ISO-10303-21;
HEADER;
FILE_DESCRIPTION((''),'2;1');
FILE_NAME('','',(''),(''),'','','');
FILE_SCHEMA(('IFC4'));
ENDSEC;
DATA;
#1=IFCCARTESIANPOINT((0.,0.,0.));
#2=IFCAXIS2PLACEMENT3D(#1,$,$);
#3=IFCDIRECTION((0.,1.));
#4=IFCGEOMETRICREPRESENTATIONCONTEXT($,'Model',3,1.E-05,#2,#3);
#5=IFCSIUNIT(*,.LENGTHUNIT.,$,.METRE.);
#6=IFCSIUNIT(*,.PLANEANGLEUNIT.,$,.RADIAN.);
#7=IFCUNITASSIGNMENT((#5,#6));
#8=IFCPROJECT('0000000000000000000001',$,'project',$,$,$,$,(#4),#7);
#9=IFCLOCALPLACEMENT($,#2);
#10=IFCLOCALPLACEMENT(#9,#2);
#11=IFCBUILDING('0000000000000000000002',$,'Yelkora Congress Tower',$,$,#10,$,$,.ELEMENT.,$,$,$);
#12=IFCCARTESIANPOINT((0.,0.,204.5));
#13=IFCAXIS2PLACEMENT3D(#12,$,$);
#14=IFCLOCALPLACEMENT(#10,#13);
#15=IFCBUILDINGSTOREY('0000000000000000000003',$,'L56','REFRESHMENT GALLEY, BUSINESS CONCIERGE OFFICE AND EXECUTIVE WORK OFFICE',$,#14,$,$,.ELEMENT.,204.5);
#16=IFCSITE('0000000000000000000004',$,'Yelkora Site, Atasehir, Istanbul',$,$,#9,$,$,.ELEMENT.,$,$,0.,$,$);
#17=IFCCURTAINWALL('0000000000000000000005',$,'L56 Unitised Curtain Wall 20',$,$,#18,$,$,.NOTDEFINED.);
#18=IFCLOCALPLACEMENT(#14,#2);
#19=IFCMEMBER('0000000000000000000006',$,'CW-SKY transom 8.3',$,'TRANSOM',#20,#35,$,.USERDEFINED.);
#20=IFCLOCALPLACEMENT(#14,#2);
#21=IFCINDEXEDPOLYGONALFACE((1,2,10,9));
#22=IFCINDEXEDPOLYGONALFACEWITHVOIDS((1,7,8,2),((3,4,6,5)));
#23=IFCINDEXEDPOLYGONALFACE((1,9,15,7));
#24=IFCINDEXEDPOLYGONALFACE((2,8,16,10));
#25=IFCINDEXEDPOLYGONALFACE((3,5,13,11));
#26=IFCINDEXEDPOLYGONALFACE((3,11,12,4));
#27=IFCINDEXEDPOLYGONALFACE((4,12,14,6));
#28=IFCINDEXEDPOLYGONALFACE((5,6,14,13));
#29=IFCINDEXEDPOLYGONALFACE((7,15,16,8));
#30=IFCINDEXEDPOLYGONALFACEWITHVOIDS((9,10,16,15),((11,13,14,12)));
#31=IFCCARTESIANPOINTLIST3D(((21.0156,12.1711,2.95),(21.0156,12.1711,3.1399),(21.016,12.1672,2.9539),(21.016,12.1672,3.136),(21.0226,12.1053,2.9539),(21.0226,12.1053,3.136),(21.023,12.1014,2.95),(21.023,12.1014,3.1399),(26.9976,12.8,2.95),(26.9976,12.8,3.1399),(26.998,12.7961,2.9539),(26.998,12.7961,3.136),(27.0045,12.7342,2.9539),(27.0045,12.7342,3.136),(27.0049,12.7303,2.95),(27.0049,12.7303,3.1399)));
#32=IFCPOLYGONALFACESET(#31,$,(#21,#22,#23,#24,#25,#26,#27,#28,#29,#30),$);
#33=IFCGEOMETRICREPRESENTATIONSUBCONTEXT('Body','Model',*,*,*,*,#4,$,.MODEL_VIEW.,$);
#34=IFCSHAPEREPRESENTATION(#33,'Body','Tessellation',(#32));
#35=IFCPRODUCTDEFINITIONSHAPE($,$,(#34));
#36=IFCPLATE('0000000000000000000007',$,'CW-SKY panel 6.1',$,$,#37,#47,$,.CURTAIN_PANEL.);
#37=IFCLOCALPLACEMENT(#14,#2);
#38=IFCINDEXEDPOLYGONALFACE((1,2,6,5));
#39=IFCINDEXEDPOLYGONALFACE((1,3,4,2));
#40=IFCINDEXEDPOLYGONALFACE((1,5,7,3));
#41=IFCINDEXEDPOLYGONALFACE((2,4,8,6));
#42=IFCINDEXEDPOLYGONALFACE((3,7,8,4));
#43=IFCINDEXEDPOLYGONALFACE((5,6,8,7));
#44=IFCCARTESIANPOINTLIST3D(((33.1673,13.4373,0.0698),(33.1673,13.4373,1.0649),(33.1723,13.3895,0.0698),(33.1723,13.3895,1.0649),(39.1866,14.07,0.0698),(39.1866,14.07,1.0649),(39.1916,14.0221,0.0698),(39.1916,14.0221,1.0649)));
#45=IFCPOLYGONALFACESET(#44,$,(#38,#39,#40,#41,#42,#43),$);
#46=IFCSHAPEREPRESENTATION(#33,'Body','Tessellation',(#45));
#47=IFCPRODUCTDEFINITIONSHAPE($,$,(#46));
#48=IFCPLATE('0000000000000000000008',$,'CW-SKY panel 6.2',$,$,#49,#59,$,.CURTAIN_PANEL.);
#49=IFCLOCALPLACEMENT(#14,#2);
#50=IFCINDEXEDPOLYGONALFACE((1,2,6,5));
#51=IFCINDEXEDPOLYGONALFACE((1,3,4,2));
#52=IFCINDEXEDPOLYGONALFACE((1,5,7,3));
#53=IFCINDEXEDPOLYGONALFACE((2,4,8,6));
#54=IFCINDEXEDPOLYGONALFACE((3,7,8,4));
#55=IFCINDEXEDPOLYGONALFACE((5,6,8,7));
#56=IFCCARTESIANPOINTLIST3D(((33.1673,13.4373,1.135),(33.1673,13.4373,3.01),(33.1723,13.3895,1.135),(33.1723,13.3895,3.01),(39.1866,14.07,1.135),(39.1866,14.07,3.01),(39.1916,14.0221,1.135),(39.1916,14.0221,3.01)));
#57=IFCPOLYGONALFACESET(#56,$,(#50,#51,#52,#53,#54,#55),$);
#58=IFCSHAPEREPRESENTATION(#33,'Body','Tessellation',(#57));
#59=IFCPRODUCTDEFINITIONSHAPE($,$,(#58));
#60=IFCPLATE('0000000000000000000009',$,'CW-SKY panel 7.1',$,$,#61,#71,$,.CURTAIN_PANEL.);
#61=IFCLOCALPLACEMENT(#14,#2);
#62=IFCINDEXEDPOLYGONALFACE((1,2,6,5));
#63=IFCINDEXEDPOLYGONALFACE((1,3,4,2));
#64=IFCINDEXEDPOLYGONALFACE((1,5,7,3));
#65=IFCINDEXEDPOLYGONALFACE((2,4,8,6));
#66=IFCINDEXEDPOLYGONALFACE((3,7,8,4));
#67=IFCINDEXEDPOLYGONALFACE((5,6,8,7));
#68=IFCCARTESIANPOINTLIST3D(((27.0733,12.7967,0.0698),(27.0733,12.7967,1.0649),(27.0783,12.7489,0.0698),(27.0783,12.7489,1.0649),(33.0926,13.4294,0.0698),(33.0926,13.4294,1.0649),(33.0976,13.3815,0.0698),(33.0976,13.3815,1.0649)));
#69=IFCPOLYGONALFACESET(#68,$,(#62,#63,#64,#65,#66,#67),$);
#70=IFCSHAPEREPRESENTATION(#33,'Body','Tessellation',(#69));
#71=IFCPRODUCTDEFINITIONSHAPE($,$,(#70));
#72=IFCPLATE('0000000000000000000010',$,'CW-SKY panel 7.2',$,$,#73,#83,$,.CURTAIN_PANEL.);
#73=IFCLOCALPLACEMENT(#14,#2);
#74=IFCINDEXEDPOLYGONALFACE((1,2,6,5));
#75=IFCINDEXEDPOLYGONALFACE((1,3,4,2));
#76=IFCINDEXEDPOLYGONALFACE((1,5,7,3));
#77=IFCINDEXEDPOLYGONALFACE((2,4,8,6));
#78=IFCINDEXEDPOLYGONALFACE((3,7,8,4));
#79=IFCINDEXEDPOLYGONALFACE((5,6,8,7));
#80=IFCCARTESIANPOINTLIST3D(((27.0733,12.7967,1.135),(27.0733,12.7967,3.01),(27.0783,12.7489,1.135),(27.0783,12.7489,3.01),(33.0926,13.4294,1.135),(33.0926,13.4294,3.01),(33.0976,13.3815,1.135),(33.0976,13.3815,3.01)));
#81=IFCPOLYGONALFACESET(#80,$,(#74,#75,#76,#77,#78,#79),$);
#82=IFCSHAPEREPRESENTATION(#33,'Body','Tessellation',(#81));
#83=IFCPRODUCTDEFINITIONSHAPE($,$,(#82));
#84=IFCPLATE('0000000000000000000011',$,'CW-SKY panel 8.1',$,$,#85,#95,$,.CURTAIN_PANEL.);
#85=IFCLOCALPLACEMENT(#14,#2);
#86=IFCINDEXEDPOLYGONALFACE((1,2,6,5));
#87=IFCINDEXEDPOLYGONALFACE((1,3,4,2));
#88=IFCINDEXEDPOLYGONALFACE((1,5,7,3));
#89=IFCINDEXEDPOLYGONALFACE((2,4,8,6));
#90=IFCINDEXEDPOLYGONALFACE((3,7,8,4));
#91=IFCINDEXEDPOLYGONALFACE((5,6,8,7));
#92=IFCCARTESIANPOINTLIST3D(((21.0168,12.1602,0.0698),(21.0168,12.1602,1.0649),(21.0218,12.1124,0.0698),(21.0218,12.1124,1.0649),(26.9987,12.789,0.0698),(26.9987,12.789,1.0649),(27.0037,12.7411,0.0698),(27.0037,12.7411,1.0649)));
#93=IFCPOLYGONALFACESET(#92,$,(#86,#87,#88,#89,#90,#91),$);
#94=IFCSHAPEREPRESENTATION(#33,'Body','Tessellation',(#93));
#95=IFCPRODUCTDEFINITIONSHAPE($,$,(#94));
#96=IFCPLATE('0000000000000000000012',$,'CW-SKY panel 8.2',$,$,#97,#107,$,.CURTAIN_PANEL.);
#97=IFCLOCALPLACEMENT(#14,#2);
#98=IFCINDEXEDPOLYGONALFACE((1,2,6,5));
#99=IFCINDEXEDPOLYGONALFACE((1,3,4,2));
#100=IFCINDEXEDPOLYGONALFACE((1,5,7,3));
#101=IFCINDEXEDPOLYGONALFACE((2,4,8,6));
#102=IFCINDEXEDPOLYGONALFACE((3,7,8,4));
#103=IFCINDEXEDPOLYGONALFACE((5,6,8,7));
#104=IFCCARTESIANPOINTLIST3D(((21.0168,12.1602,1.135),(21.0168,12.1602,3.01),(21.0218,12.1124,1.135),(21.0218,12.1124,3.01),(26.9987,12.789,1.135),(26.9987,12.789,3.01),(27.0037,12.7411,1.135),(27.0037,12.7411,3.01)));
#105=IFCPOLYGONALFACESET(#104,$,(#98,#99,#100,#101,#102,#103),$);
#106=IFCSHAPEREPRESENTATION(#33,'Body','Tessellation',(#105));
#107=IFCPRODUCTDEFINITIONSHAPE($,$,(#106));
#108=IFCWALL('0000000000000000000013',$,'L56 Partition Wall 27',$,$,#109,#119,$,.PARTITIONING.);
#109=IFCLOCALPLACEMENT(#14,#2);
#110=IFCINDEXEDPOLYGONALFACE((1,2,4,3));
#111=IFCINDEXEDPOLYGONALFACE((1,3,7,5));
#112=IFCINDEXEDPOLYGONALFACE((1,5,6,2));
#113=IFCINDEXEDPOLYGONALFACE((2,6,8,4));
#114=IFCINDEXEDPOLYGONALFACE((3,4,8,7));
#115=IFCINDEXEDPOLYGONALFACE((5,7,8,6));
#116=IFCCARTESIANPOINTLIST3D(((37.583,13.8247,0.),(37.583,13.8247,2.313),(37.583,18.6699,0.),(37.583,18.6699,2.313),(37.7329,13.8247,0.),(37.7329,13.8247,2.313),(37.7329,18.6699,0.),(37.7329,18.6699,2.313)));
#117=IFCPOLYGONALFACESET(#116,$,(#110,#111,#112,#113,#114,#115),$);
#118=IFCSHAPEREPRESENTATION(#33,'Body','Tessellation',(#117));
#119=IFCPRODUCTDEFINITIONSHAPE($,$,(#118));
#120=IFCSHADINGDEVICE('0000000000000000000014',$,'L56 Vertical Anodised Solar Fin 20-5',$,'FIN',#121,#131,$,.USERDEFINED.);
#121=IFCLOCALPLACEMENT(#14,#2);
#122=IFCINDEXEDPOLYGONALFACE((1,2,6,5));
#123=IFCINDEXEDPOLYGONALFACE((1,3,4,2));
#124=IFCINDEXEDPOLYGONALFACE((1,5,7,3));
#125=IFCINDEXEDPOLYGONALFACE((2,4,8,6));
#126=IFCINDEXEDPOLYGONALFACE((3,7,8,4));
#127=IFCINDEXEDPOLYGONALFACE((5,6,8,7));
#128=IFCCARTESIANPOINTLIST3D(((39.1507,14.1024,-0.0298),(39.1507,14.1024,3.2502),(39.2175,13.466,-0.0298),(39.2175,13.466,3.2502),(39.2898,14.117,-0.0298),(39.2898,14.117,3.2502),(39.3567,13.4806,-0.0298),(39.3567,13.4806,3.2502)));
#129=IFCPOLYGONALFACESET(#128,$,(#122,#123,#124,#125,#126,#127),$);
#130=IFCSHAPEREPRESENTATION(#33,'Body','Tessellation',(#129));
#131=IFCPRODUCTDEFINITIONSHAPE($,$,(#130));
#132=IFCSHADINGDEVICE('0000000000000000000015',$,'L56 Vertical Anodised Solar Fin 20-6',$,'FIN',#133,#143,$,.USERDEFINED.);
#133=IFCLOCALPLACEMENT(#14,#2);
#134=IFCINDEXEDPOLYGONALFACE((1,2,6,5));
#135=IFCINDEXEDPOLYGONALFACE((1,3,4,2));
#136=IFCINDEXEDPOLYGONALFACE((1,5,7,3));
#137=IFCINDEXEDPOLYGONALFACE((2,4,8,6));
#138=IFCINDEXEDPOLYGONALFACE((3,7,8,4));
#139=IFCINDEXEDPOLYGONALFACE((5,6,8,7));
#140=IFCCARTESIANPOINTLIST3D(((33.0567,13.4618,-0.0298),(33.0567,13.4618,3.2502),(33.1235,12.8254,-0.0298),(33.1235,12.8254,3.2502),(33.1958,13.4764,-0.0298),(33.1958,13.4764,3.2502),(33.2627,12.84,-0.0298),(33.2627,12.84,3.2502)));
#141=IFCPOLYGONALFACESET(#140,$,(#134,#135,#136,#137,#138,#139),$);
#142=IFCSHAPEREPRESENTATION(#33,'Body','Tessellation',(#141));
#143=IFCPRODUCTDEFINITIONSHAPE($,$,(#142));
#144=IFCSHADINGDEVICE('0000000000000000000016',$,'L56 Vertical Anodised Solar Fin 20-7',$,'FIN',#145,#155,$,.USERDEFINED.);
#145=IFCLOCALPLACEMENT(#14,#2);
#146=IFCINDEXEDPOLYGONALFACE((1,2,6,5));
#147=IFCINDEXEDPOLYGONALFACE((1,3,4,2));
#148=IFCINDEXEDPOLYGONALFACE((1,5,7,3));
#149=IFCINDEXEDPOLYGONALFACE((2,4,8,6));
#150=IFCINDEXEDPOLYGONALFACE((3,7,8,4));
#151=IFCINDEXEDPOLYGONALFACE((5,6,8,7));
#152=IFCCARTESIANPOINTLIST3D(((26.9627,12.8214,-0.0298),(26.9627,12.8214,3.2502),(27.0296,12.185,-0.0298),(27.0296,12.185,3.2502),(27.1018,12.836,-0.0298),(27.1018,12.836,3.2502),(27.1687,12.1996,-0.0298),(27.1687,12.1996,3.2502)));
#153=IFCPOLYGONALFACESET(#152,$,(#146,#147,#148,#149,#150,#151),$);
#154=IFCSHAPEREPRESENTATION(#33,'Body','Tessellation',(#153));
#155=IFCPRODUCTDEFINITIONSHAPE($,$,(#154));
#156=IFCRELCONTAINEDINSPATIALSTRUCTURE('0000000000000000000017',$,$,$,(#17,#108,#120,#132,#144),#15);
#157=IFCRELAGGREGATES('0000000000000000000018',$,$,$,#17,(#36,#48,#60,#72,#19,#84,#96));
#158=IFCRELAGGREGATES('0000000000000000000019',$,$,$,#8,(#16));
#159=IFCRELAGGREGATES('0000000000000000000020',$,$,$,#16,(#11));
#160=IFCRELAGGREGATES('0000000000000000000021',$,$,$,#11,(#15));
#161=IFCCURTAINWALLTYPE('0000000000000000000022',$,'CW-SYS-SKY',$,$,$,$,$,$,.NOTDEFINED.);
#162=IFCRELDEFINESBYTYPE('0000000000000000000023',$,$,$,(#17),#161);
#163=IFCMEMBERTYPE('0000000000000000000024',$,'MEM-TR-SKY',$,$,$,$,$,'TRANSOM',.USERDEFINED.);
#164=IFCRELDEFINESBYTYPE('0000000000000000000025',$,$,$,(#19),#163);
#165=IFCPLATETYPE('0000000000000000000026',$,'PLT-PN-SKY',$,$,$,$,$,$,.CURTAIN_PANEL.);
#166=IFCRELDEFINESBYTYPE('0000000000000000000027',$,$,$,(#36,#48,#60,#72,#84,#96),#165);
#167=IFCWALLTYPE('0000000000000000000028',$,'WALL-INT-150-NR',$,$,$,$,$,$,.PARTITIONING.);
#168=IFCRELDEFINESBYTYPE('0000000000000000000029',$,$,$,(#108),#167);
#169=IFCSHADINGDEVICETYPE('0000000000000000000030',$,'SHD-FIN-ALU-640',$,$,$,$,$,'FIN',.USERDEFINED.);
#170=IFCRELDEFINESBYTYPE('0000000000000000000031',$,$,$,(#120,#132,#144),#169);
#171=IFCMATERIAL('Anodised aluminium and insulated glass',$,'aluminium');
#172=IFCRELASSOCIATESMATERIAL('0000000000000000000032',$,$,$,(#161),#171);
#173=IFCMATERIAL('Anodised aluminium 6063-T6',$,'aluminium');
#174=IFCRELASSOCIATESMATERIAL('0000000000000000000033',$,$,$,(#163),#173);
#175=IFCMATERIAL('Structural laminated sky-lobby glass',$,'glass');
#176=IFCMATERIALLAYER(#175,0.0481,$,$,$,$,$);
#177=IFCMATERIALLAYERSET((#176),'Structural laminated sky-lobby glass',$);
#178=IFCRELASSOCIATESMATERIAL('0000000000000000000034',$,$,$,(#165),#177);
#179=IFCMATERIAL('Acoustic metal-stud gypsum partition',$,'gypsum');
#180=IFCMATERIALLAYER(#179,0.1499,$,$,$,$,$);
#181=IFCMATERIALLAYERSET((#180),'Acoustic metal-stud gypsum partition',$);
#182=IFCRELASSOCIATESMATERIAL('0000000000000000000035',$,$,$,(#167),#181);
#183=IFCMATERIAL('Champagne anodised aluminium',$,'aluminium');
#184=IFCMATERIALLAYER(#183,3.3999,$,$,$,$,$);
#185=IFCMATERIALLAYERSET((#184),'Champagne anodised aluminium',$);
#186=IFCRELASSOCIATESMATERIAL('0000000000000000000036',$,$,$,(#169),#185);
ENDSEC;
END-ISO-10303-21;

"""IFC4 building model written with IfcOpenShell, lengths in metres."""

from ifc_helpers import new_model, si_unit, direction, frame, frame_2d, origin, origin_2d, place, context, subcontext, project, spatial, rectangle, hollow_rectangle, extrude, material, layer, layer_set, material_profile, profile_set, type_object, element, aggregate, save


model = new_model("IFC4")

# Units and contexts
model_context = context("Model", 3, precision=1e-05, world=origin(), true_north=direction((0.0, 1.0)))
body_context = subcontext(model_context, "Body", "Model", "MODEL_VIEW")
ifc_project = project(units=[si_unit("LENGTHUNIT", "METRE"), si_unit("PLANEANGLEUNIT", "RADIAN")], contexts=[model_context])

# Site, building, storey
site_placement = place(None, origin())
site = spatial("IfcSite", under=ifc_project, at=site_placement, Name="Yelkora Site, Atasehir, Istanbul", CompositionType="ELEMENT", RefElevation=0.0)
building_placement = place(site_placement, origin())
building = spatial("IfcBuilding", under=site, at=building_placement, Name="Yelkora Congress Tower", CompositionType="ELEMENT")
storey_placement = place(building_placement, frame((0.0, 0.0, 204.5)))
storey = spatial("IfcBuildingStorey", under=building, at=storey_placement, Name="L56", Description="REFRESHMENT GALLEY, BUSINESS CONCIERGE OFFICE AND EXECUTIVE WORK OFFICE", CompositionType="ELEMENT", Elevation=204.5)

# Curtain wall, member, plates
ifc_material_1 = material(Name="Anodised aluminium and insulated glass", Category="aluminium")
curtain_wall_type = type_object("IfcCurtainWallType", Name="CW-SYS-SKY", PredefinedType="NOTDEFINED", material=ifc_material_1)
curtain_wall_placement = place(storey_placement, origin())
curtain_wall = element("IfcCurtainWall", 1, at=curtain_wall_placement, inside=storey, type_object=curtain_wall_type, Name="L56 Unitised Curtain Wall 20", PredefinedType="NOTDEFINED")
ifc_material_2 = material(Name="Anodised aluminium 6063-T6", Category="aluminium")
ifc_material_profile_1 = material_profile(ifc_material_2, hollow_rectangle(XDim=0.0701, YDim=0.1899, WallThickness=0.0039, at=origin_2d()), Name="ALU 70x190x4")
ifc_profile_set_1 = profile_set([ifc_material_profile_1], Name="Anodised aluminium 6063-T6")
member_type_1 = type_object("IfcMemberType", Name="MEM-TR-SKY", ElementType="TRANSOM", PredefinedType="USERDEFINED", material=ifc_profile_set_1)
member_1_placement = place(storey_placement, frame((27.0012, 12.7651, 3.0449), z_axis=(-0.994519, -0.104558, 0.0), x_axis=(0.104558, -0.994519, 0.0)))
member_1 = element("IfcMember", 2, at=member_1_placement, type_object=member_type_1, Name="CW-SKY transom 8.3", ObjectType="TRANSOM", PredefinedType="USERDEFINED", context=body_context, shape_type="SweptSolid", body=[
    extrude(hollow_rectangle(XDim=0.0701, YDim=0.1899, WallThickness=0.0039, at=origin_2d()), origin(), (0.0, 0.0, 1.0), 6.0149),
])
ifc_material_3 = material(Name="Structural laminated sky-lobby glass", Category="glass")
ifc_layer_1 = layer(ifc_material_3, 0.0481)
ifc_layer_set_1 = layer_set([ifc_layer_1], Name="Structural laminated sky-lobby glass")
plate_type = type_object("IfcPlateType", Name="PLT-PN-SKY", PredefinedType="CURTAIN_PANEL", material=ifc_layer_set_1)
plate_1_placement = place(storey_placement, frame((36.1794, 13.7297, 0.0698), z_axis=(0.0, 0.0, 1.0), x_axis=(-0.994522, -0.104527, 0.0)))
plate_1 = element("IfcPlate", 3, at=plate_1_placement, type_object=plate_type, Name="CW-SKY panel 6.1", PredefinedType="CURTAIN_PANEL", context=body_context, shape_type="SweptSolid", body=[
    extrude(rectangle(XDim=6.0525, YDim=0.0481, at=origin_2d()), origin(), (0.0, 0.0, 1.0), 0.9951),
])
plate_2_placement = place(storey_placement, frame((36.1794, 13.7297, 1.135), z_axis=(0.0, 0.0, 1.0), x_axis=(-0.994522, -0.104527, 0.0)))
plate_2 = element("IfcPlate", 4, at=plate_2_placement, type_object=plate_type, Name="CW-SKY panel 6.2", PredefinedType="CURTAIN_PANEL", context=body_context, shape_type="SweptSolid", body=[
    extrude(rectangle(XDim=6.0525, YDim=0.0481, at=origin_2d()), origin(), (0.0, 0.0, 1.0), 1.875),
])
plate_3_placement = place(storey_placement, frame((30.0854, 13.0891, 0.0698), z_axis=(0.0, 0.0, 1.0), x_axis=(-0.994522, -0.104527, 0.0)))
plate_3 = element("IfcPlate", 5, at=plate_3_placement, type_object=plate_type, Name="CW-SKY panel 7.1", PredefinedType="CURTAIN_PANEL", context=body_context, shape_type="SweptSolid", body=[
    extrude(rectangle(XDim=6.0525, YDim=0.0481, at=origin_2d()), origin(), (0.0, 0.0, 1.0), 0.9951),
])
plate_4_placement = place(storey_placement, frame((30.0854, 13.0891, 1.135), z_axis=(0.0, 0.0, 1.0), x_axis=(-0.994522, -0.104527, 0.0)))
plate_4 = element("IfcPlate", 6, at=plate_4_placement, type_object=plate_type, Name="CW-SKY panel 7.2", PredefinedType="CURTAIN_PANEL", context=body_context, shape_type="SweptSolid", body=[
    extrude(rectangle(XDim=6.0525, YDim=0.0481, at=origin_2d()), origin(), (0.0, 0.0, 1.0), 1.875),
])
plate_5_placement = place(storey_placement, frame((24.0103, 12.4507, 0.0698), z_axis=(0.0, 0.0, 1.0), x_axis=(-0.994522, -0.104527, 0.0)))
plate_5 = element("IfcPlate", 7, at=plate_5_placement, type_object=plate_type, Name="CW-SKY panel 8.1", PredefinedType="CURTAIN_PANEL", context=body_context, shape_type="SweptSolid", body=[
    extrude(rectangle(XDim=6.0149, YDim=0.0481, at=origin_2d()), origin(), (0.0, 0.0, 1.0), 0.9951),
])
plate_6_placement = place(storey_placement, frame((24.0103, 12.4507, 1.135), z_axis=(0.0, 0.0, 1.0), x_axis=(-0.994522, -0.104527, 0.0)))
plate_6 = element("IfcPlate", 8, at=plate_6_placement, type_object=plate_type, Name="CW-SKY panel 8.2", PredefinedType="CURTAIN_PANEL", context=body_context, shape_type="SweptSolid", body=[
    extrude(rectangle(XDim=6.0149, YDim=0.0481, at=origin_2d()), origin(), (0.0, 0.0, 1.0), 1.875),
])
aggregate(curtain_wall, [plate_1, plate_2, plate_3, plate_4, member_1, plate_5, plate_6])

# Wall
ifc_material_4 = material(Name="Acoustic metal-stud gypsum partition", Category="gypsum")
ifc_layer_2 = layer(ifc_material_4, 0.1499)
ifc_layer_set_2 = layer_set([ifc_layer_2], Name="Acoustic metal-stud gypsum partition")
wall_type = type_object("IfcWallType", Name="WALL-INT-150-NR", PredefinedType="PARTITIONING", material=ifc_layer_set_2)
wall_placement = place(storey_placement, frame((37.658, 13.8247, 0.0), z_axis=(0.0, 0.0, 1.0), x_axis=(0.0, 1.0, 0.0)))
element("IfcWall", 9, at=wall_placement, inside=storey, type_object=wall_type, Name="L56 Partition Wall 27", PredefinedType="PARTITIONING", context=body_context, shape_type="SweptSolid", body=[
    extrude(rectangle(XDim=4.8452, YDim=0.1499, at=frame_2d((2.4226, 0.0))), origin(), (0.0, 0.0, 1.0), 2.313),
])

# Shading devices
ifc_material_5 = material(Name="Champagne anodised aluminium", Category="aluminium")
ifc_layer_3 = layer(ifc_material_5, 3.3999)
ifc_layer_set_3 = layer_set([ifc_layer_3], Name="Champagne anodised aluminium")
shading_device_type = type_object("IfcShadingDeviceType", Name="SHD-FIN-ALU-640", ElementType="FIN", PredefinedType="USERDEFINED", material=ifc_layer_set_3)
for number, where, z_axis, x_axis, name in (
    (10, (39.2537, 13.7915, -0.0298), (0.0, 0.0, 1.0), (-0.994522, -0.104528, 0.0), "L56 Vertical Anodised Solar Fin 20-5"),
    (11, (33.1597, 13.1509, -0.0298), (0.0, 0.0, 1.0), (-0.994522, -0.104528, 0.0), "L56 Vertical Anodised Solar Fin 20-6"),
    (12, (27.0657, 12.5105, -0.0298), (0.0, 0.0, 1.0), (-0.994522, -0.104528, 0.0), "L56 Vertical Anodised Solar Fin 20-7"),
):
    element("IfcShadingDevice", number, at=place(storey_placement, frame(where, z_axis=z_axis, x_axis=x_axis)), inside=storey, type_object=shading_device_type, Name=name, ObjectType="FIN", PredefinedType="USERDEFINED", context=body_context, shape_type="SweptSolid", body=[
        extrude(rectangle(XDim=0.1399, YDim=0.6399, at=origin_2d()), origin(), (0.0, 0.0, 1.0), 3.28),
    ])

save(model, "model.ifc")
